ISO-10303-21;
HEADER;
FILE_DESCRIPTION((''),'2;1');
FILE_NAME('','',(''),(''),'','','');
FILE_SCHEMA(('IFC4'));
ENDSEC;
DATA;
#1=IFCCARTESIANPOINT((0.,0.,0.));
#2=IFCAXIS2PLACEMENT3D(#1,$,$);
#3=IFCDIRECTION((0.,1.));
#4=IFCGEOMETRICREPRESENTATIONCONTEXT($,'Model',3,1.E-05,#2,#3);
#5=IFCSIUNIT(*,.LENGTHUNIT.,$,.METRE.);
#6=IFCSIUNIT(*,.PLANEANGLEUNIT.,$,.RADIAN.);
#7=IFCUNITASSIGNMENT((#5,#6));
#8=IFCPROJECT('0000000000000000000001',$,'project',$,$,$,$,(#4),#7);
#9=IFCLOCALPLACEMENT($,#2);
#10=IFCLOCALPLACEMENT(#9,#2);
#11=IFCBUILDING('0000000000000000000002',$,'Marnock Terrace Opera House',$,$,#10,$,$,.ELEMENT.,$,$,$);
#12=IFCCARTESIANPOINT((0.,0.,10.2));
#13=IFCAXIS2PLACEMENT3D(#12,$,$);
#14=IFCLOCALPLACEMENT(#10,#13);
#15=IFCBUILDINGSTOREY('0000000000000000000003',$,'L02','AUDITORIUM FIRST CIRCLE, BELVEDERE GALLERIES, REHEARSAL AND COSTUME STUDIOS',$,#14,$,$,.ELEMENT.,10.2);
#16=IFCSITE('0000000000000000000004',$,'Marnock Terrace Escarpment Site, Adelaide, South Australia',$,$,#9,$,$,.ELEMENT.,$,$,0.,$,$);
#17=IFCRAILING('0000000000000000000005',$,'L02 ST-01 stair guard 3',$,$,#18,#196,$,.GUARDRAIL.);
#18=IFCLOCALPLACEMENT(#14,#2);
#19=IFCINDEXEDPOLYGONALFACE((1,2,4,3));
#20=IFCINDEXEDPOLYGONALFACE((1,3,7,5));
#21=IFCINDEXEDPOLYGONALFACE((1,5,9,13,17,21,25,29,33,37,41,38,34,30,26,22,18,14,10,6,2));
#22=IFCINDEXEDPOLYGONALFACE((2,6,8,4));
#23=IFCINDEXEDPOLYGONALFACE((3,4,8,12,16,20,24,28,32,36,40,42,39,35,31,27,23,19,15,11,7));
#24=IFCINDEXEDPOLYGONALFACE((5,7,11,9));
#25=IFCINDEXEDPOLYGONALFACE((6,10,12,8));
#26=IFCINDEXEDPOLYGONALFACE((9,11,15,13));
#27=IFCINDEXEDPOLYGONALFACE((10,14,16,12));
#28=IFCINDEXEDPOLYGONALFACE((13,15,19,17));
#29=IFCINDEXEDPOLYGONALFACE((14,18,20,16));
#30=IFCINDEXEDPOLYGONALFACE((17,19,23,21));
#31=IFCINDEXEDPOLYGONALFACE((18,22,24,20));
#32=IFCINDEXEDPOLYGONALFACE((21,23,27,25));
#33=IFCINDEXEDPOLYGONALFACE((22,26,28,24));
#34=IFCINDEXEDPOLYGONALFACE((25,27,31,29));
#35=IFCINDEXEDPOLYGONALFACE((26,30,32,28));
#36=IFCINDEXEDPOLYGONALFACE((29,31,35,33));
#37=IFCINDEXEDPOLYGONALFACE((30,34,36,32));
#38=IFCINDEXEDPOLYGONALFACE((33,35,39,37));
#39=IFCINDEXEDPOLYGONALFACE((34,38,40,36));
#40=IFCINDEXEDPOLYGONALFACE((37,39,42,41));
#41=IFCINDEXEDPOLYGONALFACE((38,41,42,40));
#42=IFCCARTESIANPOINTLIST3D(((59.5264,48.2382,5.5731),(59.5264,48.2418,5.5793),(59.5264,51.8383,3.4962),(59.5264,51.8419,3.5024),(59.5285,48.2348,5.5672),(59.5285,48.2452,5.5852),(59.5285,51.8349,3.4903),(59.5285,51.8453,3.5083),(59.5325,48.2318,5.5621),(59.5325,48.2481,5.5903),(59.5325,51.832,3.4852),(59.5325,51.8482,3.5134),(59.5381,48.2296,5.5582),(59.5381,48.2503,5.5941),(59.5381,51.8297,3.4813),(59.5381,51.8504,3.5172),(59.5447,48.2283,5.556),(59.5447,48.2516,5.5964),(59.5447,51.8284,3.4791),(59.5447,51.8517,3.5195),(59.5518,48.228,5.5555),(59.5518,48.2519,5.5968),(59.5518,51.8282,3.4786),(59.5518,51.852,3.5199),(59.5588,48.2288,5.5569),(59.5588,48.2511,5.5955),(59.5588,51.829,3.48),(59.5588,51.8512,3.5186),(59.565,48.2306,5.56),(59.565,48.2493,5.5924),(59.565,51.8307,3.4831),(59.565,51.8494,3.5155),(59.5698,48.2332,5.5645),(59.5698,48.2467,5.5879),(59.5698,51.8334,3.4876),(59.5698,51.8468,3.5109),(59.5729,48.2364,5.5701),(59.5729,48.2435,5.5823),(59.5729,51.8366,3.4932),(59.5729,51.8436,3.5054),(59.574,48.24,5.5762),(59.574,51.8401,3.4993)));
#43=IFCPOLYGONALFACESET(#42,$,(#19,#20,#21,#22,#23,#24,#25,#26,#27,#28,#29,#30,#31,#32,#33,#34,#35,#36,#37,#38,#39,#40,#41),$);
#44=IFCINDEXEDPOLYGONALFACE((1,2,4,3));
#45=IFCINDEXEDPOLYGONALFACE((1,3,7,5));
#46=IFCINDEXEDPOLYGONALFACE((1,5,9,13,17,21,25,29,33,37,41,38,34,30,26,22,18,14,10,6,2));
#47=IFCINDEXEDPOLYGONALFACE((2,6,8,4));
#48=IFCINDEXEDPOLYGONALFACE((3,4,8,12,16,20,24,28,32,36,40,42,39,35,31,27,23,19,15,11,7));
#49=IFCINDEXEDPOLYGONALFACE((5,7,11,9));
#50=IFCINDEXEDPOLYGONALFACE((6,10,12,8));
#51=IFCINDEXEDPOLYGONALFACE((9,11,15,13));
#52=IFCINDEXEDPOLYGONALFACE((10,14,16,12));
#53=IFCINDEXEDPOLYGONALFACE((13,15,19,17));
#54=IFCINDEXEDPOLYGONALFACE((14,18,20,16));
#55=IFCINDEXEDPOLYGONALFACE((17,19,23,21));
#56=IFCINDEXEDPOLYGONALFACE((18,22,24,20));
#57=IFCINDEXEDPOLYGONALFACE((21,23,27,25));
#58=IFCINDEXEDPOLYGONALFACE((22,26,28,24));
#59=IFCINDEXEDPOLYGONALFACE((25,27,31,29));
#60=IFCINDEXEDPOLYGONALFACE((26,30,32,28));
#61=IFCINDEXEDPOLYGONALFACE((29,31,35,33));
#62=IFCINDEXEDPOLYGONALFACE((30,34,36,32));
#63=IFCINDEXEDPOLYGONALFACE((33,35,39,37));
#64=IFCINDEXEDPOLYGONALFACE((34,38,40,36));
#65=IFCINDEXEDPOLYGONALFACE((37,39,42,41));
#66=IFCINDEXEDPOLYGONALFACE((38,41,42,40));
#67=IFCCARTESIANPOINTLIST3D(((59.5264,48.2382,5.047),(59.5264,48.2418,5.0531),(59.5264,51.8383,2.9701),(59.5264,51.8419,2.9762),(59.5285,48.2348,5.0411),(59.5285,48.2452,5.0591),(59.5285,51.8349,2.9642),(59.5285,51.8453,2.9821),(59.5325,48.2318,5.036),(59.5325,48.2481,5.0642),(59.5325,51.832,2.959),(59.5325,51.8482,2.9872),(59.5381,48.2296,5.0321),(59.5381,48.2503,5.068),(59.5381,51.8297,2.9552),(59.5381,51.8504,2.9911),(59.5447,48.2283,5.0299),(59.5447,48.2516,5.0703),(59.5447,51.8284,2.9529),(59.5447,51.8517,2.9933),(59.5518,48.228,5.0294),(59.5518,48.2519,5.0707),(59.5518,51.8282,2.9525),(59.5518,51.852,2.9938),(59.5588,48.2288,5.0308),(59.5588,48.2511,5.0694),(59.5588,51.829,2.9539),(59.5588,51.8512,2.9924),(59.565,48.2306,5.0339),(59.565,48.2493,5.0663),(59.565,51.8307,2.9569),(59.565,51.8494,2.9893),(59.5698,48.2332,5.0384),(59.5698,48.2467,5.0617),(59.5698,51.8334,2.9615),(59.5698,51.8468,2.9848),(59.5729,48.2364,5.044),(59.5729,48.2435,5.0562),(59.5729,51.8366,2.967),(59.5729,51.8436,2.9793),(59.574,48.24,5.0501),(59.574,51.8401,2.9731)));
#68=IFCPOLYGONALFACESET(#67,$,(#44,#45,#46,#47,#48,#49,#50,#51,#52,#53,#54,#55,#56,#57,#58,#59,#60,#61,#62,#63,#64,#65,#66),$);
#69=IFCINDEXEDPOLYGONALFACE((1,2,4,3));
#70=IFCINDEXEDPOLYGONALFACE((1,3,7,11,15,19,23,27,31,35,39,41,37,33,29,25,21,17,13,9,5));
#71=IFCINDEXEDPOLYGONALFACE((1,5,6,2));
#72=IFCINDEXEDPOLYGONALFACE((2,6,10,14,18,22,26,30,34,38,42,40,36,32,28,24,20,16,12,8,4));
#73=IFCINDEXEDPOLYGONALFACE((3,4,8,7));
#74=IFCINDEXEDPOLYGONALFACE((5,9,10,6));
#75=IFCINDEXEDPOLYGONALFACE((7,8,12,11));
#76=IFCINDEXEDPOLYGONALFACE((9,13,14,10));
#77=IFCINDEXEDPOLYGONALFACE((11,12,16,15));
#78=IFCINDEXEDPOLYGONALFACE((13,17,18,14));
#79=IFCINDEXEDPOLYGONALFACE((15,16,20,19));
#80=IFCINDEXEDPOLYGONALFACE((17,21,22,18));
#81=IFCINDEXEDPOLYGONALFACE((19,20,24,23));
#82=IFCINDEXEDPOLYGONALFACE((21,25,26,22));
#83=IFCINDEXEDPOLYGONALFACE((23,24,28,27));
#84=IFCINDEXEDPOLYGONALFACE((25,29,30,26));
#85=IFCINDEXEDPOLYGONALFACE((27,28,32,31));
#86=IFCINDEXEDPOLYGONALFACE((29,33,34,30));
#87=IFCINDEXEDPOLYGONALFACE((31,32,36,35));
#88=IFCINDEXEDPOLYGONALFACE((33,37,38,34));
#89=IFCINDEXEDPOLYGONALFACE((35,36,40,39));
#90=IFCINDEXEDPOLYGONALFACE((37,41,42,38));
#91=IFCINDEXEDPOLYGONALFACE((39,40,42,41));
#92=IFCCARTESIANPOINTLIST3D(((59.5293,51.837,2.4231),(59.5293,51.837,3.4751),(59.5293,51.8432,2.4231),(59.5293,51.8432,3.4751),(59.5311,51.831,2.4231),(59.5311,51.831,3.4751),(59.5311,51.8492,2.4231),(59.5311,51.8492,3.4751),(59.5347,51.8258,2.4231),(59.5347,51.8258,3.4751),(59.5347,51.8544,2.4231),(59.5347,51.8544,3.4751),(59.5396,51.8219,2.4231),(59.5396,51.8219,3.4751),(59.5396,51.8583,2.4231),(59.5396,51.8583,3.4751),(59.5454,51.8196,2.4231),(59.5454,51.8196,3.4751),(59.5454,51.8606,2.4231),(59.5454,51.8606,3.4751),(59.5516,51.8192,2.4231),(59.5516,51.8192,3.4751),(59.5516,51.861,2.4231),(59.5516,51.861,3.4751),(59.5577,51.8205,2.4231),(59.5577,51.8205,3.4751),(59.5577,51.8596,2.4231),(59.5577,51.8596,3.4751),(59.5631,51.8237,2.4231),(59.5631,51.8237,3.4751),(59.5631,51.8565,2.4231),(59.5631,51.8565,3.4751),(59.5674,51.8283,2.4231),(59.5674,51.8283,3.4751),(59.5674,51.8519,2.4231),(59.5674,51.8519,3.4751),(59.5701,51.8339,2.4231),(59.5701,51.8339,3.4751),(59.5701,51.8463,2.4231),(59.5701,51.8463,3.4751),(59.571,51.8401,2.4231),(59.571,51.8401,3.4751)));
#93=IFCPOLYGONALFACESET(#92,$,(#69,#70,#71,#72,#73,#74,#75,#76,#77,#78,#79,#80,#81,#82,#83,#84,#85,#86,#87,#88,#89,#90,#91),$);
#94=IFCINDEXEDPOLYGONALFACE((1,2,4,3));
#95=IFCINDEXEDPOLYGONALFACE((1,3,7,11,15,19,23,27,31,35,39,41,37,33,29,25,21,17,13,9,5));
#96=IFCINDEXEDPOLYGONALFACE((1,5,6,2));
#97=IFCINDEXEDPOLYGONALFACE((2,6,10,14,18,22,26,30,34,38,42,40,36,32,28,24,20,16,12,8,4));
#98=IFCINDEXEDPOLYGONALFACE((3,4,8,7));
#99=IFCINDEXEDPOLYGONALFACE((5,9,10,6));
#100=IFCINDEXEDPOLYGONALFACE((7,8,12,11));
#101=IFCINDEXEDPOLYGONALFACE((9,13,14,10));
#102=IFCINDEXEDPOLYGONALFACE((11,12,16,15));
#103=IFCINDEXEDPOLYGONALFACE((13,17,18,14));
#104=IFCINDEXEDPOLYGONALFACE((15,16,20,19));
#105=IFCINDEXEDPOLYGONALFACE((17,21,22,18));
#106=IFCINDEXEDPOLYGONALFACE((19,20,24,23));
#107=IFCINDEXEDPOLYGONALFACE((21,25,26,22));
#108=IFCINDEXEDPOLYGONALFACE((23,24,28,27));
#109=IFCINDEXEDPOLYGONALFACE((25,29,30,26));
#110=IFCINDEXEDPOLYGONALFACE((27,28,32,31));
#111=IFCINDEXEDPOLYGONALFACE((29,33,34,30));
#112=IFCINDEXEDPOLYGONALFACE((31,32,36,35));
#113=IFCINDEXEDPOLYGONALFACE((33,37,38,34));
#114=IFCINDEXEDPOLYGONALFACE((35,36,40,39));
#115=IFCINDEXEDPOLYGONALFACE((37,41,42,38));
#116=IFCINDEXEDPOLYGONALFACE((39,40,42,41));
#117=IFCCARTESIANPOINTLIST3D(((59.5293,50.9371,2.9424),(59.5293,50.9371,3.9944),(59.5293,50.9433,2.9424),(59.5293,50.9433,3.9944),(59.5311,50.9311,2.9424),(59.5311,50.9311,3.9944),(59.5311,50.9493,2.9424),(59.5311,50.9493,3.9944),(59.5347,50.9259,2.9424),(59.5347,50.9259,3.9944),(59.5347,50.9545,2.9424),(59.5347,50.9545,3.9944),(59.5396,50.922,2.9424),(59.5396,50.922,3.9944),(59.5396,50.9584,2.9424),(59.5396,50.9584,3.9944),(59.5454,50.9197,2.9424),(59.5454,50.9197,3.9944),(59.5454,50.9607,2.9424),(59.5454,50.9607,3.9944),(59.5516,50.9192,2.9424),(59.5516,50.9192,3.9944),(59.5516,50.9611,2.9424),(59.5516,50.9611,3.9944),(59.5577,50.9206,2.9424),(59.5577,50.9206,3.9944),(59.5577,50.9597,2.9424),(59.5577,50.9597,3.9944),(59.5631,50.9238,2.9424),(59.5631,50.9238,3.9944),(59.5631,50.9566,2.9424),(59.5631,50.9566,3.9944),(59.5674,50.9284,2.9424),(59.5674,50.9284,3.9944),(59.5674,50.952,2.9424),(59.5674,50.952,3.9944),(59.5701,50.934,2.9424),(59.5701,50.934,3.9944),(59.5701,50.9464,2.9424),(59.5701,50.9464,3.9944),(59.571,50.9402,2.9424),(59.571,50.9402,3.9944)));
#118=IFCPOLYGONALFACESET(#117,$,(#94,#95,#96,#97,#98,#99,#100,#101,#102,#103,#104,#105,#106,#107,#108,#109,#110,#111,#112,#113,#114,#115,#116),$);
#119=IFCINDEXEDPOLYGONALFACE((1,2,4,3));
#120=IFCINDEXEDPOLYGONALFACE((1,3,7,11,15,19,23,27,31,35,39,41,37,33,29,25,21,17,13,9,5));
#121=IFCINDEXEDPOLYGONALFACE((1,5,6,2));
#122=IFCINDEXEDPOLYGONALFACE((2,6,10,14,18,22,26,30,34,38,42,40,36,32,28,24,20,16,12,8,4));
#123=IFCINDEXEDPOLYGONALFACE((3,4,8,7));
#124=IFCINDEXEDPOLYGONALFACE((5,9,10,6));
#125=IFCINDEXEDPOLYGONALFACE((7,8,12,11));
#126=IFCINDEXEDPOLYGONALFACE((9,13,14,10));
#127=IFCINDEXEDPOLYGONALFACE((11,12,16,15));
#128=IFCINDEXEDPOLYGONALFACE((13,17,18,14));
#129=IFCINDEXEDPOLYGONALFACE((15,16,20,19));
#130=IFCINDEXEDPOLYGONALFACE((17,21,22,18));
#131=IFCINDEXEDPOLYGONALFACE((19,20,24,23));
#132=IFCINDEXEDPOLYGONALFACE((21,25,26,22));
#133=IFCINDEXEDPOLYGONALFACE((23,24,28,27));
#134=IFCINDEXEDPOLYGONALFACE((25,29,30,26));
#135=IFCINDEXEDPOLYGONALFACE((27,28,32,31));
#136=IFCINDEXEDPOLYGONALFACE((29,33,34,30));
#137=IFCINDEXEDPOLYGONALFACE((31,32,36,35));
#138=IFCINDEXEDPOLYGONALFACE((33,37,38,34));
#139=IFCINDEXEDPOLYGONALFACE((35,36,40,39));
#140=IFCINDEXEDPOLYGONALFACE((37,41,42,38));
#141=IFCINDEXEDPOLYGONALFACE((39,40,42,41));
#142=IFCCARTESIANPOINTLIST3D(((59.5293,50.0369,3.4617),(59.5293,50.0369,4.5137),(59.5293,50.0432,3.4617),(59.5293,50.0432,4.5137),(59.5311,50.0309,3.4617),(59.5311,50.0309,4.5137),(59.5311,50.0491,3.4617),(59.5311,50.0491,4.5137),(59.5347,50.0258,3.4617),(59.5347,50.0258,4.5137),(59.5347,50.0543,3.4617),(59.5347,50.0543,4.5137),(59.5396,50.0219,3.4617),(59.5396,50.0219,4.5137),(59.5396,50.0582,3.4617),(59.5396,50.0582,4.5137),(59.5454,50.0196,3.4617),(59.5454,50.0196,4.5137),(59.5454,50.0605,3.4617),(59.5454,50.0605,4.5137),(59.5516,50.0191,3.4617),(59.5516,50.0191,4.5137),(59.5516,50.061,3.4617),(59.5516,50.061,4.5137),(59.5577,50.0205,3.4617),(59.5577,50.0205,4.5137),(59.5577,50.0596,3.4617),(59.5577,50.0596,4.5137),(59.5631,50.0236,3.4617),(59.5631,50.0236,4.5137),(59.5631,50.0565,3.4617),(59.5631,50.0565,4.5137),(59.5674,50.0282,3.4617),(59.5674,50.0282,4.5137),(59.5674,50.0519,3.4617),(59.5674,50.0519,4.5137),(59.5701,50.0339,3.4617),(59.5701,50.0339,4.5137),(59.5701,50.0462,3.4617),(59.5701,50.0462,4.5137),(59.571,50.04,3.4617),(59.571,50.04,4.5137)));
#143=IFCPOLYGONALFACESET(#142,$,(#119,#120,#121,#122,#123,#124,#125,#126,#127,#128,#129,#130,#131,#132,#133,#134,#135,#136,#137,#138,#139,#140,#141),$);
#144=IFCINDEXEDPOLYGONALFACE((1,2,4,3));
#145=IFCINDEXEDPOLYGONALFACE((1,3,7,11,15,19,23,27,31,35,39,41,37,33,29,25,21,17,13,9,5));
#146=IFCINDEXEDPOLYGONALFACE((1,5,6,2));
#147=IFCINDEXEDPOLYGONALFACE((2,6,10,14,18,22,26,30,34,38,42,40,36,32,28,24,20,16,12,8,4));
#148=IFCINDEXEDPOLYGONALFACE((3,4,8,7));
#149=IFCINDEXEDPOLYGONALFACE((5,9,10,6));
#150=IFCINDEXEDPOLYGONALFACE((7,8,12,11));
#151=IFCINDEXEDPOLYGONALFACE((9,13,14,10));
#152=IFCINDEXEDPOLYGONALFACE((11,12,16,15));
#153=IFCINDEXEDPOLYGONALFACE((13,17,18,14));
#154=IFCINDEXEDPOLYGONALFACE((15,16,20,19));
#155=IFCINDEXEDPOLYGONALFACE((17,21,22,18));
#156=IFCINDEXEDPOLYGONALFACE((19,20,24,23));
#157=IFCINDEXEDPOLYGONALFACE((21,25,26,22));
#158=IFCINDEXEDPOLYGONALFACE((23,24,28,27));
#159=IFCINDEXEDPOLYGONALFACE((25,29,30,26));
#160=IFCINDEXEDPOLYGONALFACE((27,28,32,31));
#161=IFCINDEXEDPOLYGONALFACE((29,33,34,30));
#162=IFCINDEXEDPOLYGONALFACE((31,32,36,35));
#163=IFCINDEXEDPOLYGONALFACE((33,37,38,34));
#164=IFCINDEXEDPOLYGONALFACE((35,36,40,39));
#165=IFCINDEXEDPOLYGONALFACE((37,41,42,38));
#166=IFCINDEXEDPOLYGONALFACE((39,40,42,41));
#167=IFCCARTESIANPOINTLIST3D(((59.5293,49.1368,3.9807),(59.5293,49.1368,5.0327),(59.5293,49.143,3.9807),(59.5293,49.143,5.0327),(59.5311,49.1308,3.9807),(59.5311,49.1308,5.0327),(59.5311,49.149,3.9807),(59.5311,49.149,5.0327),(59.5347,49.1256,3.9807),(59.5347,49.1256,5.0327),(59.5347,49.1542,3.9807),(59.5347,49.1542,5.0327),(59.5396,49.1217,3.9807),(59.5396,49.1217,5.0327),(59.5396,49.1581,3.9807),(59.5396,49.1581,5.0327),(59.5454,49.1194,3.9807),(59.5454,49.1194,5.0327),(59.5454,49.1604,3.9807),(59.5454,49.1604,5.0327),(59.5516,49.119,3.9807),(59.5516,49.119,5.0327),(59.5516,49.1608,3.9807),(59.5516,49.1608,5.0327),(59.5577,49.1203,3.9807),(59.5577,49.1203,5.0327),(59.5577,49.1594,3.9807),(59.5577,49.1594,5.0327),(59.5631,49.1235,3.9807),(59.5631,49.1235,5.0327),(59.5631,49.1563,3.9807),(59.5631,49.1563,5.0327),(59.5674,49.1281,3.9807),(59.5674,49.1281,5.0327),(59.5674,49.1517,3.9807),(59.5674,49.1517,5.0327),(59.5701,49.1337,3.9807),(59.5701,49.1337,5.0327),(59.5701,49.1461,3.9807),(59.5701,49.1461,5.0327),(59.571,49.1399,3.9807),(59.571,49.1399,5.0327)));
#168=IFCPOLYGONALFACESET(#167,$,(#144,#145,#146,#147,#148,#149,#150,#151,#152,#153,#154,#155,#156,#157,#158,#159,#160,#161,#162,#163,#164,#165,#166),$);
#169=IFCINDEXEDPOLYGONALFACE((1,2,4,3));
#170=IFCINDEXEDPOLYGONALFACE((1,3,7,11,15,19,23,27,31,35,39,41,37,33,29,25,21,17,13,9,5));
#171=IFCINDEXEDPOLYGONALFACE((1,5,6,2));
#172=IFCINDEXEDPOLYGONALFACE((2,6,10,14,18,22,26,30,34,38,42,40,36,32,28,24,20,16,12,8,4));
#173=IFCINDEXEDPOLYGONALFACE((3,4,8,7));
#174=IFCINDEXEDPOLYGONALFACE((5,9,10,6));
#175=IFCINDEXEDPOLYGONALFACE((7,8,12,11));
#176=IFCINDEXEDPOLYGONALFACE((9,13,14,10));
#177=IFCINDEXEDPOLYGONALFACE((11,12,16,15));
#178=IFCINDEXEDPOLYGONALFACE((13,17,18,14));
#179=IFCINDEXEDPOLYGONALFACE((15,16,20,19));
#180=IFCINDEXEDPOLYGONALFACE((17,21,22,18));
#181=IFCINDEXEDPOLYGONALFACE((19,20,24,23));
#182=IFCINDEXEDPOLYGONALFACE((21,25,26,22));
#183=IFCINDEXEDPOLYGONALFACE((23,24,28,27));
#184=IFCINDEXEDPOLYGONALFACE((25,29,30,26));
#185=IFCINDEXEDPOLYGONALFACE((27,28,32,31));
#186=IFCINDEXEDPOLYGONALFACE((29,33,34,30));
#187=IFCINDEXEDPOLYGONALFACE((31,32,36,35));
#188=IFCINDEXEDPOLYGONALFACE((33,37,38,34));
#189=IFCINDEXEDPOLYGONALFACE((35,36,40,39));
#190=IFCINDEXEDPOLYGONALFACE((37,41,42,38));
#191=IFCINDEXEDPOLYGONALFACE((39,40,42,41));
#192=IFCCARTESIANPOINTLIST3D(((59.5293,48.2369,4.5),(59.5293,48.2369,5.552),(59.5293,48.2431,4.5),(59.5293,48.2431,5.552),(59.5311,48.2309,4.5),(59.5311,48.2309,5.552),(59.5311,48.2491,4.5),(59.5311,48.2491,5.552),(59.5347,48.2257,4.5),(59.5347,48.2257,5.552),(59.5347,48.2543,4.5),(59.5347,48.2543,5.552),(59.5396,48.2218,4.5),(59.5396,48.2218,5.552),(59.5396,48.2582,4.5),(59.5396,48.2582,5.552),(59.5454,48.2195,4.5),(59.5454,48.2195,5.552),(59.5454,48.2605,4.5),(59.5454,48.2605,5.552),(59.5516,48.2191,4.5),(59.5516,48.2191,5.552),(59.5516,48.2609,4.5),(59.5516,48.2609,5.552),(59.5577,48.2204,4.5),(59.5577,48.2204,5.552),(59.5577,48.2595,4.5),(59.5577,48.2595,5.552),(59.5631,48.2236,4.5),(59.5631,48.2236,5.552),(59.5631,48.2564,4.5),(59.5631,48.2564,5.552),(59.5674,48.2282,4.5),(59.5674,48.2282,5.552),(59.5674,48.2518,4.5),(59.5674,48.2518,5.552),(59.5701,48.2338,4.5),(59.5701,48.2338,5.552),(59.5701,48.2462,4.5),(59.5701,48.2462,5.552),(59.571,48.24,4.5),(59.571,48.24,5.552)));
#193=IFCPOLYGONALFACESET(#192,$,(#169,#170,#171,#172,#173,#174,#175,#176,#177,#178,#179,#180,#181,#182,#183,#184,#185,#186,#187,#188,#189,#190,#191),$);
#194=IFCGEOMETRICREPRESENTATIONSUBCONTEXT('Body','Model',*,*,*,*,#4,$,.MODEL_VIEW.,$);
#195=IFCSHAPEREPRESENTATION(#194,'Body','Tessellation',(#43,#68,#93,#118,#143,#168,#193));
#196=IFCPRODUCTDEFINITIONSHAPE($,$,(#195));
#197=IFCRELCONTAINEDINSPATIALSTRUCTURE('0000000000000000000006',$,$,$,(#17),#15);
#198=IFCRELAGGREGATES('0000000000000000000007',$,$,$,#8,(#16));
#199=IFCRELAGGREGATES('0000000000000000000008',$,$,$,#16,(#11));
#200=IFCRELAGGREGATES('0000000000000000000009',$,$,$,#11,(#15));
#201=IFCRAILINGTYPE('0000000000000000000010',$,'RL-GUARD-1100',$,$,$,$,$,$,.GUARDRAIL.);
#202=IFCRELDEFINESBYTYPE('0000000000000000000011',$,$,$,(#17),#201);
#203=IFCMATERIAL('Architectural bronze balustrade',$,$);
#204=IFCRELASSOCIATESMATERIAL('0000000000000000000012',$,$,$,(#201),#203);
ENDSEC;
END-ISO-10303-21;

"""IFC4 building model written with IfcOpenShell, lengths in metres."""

from ifc_helpers import new_model, si_unit, direction, frame, origin, origin_2d, place, context, subcontext, project, spatial, circle, extrude, material, type_object, element, save


model = new_model("IFC4")

# Units and contexts
model_context = context("Model", 3, precision=1e-05, world=origin(), true_north=direction((0.0, 1.0)))
body_context = subcontext(model_context, "Body", "Model", "MODEL_VIEW")
ifc_project = project(units=[si_unit("LENGTHUNIT", "METRE"), si_unit("PLANEANGLEUNIT", "RADIAN")], contexts=[model_context])

# Site, building, storey
site_placement = place(None, origin())
site = spatial("IfcSite", under=ifc_project, at=site_placement, Name="Marnock Terrace Escarpment Site, Adelaide, South Australia", CompositionType="ELEMENT", RefElevation=0.0)
building_placement = place(site_placement, origin())
building = spatial("IfcBuilding", under=site, at=building_placement, Name="Marnock Terrace Opera House", CompositionType="ELEMENT")
storey_placement = place(building_placement, frame((0.0, 0.0, 10.2)))
storey = spatial("IfcBuildingStorey", under=building, at=storey_placement, Name="L02", Description="AUDITORIUM FIRST CIRCLE, BELVEDERE GALLERIES, REHEARSAL AND COSTUME STUDIOS", CompositionType="ELEMENT", Elevation=10.2)

# Railing
ifc_material_1 = material(Name="Architectural bronze balustrade")
railing_type_1 = type_object("IfcRailingType", Name="RL-GUARD-1100", PredefinedType="GUARDRAIL", material=ifc_material_1)
railing_1_placement = place(storey_placement, frame((59.55, 51.8401, 2.4231)))
element("IfcRailing", 1, at=railing_1_placement, inside=storey, type_object=railing_type_1, Name="L02 ST-01 stair guard 3", PredefinedType="GUARDRAIL", context=body_context, shape_type="SweptSolid", body=[
    extrude(circle(Radius=0.0239, at=origin_2d()), frame((0.0, 0.0, 1.0762), z_axis=(0.0, -0.866193, 0.499709), x_axis=(1.0, 0.0, 0.0)), (0.0, 0.0, 1.0), 4.1562),
    extrude(circle(Radius=0.0239, at=origin_2d()), frame((0.0, 0.0, 0.55), z_axis=(0.0, -0.866193, 0.499709), x_axis=(1.0, 0.0, 0.0)), (0.0, 0.0, 1.0), 4.1562),
    extrude(circle(Radius=0.021, at=origin_2d()), origin(), (0.0, 0.0, 1.0), 1.052),
    extrude(circle(Radius=0.021, at=origin_2d()), frame((0.0, -0.8999, 0.5193)), (0.0, 0.0, 1.0), 1.052),
    extrude(circle(Radius=0.021, at=origin_2d()), frame((0.0, -1.8, 1.0386)), (0.0, 0.0, 1.0), 1.052),
    extrude(circle(Radius=0.021, at=origin_2d()), frame((0.0, -2.7002, 1.5576)), (0.0, 0.0, 1.0), 1.052),
    extrude(circle(Radius=0.021, at=origin_2d()), frame((0.0, -3.6001, 2.0769)), (0.0, 0.0, 1.0), 1.052),
])

save(model, "model.ifc")
